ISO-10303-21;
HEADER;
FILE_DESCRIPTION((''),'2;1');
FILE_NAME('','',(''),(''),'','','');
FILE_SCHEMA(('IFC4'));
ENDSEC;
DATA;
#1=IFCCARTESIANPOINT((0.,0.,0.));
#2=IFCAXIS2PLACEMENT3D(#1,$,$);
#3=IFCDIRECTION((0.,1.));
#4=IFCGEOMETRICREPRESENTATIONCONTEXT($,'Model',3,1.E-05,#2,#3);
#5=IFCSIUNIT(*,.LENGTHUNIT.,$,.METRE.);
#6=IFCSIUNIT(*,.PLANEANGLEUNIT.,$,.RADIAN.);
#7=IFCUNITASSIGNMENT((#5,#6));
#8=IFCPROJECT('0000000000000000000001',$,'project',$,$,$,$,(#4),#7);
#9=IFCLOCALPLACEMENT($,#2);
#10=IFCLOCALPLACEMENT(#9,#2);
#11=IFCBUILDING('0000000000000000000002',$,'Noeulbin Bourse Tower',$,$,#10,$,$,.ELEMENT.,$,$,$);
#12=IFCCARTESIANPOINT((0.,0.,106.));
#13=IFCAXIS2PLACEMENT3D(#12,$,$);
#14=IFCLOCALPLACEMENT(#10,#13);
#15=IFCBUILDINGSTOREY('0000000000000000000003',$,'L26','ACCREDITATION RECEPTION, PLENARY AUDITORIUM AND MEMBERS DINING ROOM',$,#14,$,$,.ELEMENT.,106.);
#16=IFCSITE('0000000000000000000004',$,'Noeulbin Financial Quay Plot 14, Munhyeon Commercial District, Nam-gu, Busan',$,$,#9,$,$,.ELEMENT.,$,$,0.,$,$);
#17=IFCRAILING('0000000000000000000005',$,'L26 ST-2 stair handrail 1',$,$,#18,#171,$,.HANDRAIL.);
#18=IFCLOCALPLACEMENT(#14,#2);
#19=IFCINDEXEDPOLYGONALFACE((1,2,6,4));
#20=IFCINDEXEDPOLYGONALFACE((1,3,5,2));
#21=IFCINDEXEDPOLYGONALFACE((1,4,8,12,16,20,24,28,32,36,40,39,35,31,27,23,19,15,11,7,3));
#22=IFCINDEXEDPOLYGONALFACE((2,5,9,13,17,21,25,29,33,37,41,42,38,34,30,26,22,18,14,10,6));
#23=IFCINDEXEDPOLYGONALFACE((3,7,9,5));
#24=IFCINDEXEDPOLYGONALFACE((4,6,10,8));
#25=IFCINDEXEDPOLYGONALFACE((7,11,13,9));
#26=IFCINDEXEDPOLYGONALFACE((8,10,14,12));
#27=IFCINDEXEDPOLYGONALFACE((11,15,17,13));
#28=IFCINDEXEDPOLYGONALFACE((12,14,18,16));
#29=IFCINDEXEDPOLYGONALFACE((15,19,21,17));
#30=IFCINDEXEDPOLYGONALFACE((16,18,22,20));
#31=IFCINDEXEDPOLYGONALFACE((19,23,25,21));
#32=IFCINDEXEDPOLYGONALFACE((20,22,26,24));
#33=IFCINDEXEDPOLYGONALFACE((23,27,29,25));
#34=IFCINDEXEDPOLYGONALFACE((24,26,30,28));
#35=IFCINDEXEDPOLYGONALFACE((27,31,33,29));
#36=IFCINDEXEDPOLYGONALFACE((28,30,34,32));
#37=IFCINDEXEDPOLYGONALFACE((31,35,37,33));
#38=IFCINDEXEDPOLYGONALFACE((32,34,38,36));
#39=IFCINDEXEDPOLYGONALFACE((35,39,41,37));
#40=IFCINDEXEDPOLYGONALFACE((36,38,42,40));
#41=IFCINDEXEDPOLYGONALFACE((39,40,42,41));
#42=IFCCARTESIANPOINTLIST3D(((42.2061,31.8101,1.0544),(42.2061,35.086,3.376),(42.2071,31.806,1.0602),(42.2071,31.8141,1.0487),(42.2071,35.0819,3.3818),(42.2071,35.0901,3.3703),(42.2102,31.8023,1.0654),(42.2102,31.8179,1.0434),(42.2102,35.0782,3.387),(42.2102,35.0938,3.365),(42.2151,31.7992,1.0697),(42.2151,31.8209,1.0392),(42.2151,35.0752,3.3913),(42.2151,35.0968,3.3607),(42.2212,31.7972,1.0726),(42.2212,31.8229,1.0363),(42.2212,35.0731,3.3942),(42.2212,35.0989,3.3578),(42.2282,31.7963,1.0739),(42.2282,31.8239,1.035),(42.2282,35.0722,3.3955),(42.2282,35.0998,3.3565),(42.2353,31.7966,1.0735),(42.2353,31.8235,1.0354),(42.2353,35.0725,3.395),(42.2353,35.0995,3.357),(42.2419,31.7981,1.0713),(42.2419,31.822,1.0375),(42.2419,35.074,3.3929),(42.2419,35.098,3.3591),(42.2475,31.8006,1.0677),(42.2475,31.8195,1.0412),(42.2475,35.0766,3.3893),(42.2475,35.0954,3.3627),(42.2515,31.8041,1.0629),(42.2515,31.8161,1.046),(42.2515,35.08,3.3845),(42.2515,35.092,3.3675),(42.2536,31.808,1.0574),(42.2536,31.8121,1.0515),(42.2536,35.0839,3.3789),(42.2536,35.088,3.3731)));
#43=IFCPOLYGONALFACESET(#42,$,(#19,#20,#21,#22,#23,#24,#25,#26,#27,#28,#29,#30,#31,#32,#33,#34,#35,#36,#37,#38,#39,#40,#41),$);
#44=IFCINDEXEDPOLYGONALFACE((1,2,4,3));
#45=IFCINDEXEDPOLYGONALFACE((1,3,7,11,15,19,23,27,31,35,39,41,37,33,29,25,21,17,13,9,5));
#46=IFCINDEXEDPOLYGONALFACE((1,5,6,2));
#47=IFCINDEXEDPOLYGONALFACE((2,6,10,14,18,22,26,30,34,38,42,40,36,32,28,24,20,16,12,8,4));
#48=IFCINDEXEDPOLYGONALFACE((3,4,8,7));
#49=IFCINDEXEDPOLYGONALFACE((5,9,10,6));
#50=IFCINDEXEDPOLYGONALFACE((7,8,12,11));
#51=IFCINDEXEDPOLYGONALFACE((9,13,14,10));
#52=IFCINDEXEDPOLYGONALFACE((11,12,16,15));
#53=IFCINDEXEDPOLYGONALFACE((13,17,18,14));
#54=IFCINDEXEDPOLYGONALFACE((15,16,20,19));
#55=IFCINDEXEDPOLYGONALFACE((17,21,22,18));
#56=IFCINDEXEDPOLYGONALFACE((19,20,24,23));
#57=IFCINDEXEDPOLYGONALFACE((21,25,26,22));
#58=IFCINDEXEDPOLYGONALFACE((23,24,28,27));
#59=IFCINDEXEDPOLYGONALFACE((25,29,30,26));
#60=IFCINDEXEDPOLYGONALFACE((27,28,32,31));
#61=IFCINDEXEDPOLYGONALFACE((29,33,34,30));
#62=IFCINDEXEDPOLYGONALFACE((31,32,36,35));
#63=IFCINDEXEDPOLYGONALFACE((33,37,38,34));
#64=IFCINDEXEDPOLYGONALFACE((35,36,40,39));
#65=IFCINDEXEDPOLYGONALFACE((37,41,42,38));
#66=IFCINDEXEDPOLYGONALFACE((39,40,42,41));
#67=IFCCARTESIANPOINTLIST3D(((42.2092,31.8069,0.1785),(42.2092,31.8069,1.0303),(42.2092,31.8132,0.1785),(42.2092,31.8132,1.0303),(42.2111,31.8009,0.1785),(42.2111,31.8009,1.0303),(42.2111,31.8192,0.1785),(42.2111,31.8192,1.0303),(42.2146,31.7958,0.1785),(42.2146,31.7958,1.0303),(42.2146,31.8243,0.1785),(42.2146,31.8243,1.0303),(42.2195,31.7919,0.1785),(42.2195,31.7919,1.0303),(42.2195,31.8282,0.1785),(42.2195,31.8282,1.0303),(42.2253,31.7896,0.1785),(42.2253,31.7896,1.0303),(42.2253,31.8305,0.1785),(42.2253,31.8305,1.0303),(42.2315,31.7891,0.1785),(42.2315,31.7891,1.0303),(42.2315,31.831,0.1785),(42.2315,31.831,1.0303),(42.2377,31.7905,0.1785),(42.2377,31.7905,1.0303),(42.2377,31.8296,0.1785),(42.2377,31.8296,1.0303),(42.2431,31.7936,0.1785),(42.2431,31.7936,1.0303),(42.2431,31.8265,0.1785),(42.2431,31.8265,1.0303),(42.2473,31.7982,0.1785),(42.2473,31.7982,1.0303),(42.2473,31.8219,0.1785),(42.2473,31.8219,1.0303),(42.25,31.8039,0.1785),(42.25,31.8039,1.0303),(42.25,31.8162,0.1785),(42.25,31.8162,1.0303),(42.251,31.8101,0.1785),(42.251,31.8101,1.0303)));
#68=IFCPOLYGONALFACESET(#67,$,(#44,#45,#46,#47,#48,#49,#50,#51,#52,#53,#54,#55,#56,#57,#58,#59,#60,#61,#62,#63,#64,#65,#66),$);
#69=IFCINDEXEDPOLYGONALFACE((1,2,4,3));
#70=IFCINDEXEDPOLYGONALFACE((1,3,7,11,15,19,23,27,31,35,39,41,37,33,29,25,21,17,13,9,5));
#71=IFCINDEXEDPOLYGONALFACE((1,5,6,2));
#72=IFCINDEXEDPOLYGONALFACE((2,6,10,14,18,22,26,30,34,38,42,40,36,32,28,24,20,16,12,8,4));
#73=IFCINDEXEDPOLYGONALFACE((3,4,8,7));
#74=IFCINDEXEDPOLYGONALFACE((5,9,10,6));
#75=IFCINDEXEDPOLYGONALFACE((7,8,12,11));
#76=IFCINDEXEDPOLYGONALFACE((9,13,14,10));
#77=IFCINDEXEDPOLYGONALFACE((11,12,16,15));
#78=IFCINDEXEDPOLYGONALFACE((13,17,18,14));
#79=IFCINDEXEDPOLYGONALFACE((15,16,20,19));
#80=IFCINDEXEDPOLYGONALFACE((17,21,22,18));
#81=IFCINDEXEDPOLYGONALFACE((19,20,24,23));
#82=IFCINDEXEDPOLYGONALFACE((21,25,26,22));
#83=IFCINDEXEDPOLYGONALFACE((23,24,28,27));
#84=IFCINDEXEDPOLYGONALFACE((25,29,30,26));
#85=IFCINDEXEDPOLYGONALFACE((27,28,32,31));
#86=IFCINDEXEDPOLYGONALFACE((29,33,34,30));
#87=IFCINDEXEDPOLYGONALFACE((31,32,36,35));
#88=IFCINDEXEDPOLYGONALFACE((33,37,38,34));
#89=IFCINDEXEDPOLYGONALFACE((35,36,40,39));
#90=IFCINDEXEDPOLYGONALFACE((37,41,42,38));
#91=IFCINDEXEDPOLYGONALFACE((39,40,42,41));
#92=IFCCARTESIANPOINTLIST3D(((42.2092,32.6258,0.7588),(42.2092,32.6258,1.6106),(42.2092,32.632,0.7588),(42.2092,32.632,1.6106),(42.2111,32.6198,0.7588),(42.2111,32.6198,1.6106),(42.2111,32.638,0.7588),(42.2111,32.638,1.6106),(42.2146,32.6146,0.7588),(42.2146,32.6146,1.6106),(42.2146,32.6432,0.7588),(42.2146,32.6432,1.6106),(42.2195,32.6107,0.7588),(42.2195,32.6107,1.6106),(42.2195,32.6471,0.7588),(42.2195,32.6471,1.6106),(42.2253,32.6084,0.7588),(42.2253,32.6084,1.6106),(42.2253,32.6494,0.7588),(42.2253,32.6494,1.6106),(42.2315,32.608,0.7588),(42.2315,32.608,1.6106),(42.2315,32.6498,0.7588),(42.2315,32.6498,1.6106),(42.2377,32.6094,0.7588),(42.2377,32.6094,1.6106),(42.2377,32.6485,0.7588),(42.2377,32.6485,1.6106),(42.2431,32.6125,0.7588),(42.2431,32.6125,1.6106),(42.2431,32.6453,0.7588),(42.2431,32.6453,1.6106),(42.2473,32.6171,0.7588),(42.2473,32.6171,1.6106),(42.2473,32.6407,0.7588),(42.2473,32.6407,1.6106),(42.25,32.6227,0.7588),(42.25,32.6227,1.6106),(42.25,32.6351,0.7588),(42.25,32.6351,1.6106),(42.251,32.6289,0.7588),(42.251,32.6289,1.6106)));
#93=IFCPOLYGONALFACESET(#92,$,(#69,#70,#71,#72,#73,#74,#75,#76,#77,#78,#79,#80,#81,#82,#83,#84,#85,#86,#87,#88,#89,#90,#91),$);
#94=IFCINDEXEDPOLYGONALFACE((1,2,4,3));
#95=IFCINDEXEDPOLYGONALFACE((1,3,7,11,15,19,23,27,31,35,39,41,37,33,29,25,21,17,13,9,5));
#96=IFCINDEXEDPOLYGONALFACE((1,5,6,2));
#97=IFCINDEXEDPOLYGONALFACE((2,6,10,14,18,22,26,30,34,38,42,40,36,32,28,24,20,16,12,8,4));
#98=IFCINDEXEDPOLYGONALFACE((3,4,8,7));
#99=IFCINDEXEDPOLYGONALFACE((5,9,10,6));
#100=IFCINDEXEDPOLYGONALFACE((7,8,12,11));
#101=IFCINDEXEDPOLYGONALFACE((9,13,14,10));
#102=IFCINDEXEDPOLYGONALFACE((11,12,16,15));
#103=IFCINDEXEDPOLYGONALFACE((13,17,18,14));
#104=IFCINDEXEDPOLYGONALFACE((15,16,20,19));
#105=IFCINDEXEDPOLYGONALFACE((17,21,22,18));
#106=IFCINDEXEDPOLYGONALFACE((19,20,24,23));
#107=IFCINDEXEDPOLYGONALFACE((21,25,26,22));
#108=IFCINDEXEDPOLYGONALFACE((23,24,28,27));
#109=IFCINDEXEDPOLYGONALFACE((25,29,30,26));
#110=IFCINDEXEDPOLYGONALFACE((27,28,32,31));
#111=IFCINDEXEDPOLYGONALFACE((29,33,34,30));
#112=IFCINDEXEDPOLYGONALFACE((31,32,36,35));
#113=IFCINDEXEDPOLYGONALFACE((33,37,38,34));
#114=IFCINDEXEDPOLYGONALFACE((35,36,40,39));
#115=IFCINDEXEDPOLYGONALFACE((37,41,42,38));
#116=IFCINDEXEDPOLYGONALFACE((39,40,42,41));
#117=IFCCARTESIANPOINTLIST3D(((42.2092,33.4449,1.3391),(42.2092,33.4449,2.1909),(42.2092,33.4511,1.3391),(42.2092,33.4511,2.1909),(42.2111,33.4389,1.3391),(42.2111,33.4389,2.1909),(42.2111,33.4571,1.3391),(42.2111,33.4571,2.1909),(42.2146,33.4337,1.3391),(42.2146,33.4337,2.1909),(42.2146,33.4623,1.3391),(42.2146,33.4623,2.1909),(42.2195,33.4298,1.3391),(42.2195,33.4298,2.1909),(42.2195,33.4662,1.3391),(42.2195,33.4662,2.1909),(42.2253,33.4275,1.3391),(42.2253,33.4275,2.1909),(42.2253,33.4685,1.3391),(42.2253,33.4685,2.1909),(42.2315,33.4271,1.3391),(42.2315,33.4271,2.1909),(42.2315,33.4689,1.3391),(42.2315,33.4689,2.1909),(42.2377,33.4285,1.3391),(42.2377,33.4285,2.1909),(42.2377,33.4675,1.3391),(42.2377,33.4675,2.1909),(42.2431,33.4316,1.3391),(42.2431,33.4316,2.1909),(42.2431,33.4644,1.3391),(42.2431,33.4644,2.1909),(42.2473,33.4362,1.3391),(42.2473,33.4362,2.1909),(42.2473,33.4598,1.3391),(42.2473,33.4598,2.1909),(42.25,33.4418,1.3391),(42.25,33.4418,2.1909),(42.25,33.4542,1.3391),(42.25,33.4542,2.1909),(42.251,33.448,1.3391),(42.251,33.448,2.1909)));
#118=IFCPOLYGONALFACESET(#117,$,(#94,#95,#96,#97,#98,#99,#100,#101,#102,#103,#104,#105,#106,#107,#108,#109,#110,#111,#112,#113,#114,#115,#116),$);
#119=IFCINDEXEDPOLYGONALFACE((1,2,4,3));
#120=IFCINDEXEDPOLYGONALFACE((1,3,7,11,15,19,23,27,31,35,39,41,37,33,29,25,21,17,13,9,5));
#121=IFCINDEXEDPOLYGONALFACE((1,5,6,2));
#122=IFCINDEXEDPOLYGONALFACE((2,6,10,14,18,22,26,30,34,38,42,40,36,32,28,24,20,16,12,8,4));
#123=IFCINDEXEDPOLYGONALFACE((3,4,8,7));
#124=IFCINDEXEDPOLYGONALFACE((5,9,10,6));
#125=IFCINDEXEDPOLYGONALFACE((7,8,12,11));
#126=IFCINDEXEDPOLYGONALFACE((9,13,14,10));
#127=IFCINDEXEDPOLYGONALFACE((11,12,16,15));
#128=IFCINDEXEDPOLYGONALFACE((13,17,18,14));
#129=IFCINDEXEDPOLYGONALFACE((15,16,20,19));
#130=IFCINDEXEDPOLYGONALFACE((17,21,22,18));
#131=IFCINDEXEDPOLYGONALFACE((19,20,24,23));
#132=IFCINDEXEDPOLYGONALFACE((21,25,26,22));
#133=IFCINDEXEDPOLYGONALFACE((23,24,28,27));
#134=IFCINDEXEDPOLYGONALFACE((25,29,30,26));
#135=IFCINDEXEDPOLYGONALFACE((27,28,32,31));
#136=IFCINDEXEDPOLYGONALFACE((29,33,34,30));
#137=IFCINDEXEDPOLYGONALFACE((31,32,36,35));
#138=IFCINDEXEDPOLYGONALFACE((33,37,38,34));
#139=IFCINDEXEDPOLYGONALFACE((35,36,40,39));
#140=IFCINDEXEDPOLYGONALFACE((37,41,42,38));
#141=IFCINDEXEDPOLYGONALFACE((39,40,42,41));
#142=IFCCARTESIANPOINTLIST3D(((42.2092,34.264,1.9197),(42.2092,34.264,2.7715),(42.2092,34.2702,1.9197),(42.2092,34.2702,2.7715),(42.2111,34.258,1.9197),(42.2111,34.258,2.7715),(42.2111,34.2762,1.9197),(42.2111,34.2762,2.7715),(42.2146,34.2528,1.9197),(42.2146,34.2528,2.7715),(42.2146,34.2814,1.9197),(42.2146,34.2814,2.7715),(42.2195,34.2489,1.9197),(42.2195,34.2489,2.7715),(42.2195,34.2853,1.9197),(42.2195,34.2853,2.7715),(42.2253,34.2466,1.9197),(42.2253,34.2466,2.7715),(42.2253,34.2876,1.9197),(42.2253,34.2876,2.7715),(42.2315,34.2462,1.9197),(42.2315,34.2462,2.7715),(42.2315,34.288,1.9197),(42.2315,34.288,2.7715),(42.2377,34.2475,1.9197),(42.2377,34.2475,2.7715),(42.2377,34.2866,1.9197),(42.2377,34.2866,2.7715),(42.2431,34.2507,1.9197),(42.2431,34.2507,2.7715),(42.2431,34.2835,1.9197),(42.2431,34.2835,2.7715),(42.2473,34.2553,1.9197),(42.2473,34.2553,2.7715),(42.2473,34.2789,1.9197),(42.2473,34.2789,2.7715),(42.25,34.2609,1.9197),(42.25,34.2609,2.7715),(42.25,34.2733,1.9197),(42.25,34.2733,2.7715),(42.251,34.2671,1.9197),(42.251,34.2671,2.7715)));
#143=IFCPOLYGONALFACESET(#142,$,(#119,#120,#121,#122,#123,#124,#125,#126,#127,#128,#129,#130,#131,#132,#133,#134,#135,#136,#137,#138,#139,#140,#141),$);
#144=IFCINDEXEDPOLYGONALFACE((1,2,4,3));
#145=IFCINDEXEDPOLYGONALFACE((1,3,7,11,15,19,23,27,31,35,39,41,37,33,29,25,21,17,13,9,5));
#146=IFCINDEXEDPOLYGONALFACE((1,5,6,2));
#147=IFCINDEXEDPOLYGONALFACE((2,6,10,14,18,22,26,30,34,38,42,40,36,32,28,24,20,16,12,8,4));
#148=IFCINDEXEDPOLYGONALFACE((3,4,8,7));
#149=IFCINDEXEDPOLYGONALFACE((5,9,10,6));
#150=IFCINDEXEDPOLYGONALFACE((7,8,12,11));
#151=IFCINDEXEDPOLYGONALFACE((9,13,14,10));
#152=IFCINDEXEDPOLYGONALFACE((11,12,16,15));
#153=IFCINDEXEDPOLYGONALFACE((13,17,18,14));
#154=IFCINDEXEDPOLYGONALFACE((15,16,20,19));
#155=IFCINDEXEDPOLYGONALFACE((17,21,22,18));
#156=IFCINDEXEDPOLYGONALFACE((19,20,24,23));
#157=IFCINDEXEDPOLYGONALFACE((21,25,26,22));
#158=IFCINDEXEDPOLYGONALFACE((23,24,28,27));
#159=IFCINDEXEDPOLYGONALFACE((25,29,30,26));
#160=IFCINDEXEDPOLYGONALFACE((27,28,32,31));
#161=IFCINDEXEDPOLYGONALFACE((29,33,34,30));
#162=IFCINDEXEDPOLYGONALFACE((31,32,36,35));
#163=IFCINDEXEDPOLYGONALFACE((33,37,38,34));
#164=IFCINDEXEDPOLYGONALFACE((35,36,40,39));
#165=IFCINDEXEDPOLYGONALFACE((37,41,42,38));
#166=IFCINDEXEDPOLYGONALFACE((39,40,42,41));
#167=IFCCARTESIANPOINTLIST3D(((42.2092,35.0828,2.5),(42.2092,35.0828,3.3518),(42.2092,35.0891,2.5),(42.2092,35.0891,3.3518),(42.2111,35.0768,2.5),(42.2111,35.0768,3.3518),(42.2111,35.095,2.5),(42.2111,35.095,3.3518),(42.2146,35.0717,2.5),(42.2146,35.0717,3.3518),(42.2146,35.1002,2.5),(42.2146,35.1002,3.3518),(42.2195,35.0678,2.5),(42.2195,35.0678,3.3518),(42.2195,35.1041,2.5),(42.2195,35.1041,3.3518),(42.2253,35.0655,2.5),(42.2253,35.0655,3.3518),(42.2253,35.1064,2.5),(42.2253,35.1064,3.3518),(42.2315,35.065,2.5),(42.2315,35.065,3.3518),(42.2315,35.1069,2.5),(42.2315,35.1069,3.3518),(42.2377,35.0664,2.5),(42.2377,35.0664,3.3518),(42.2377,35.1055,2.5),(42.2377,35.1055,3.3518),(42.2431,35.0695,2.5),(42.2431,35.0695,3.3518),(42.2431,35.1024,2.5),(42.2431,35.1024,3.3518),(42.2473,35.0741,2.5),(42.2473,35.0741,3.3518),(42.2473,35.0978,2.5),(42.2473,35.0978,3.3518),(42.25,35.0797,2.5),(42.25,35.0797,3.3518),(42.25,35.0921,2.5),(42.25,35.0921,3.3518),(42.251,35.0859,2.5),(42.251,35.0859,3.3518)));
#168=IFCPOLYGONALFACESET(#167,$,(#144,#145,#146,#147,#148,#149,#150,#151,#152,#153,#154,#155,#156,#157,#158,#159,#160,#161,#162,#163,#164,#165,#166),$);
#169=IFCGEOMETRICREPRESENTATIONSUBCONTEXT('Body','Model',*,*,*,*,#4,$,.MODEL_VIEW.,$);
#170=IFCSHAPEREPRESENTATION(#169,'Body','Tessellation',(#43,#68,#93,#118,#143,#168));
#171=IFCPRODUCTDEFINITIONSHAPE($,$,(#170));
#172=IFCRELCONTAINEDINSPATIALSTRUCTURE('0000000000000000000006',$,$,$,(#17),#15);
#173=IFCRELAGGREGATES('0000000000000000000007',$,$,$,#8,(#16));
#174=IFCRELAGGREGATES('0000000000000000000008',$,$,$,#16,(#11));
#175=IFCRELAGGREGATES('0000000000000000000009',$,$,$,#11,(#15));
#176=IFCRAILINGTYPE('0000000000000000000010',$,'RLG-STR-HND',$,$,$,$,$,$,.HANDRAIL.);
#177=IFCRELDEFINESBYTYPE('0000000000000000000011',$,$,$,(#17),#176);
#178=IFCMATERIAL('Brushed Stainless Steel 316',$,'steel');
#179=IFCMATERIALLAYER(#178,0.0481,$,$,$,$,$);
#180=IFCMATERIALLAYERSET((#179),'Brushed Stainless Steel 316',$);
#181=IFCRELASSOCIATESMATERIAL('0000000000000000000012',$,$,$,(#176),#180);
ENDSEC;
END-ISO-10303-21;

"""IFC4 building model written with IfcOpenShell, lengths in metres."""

from ifc_helpers import new_model, si_unit, direction, frame, origin, origin_2d, place, context, subcontext, project, spatial, circle, extrude, material, layer, layer_set, type_object, element, save


model = new_model("IFC4")

# Units and contexts
model_context = context("Model", 3, precision=1e-05, world=origin(), true_north=direction((0.0, 1.0)))
body_context = subcontext(model_context, "Body", "Model", "MODEL_VIEW")
ifc_project = project(units=[si_unit("LENGTHUNIT", "METRE"), si_unit("PLANEANGLEUNIT", "RADIAN")], contexts=[model_context])

# Site, building, storey
site_placement = place(None, origin())
site = spatial("IfcSite", under=ifc_project, at=site_placement, Name="Noeulbin Financial Quay Plot 14, Munhyeon Commercial District, Nam-gu, Busan", CompositionType="ELEMENT", RefElevation=0.0)
building_placement = place(site_placement, origin())
building = spatial("IfcBuilding", under=site, at=building_placement, Name="Noeulbin Bourse Tower", CompositionType="ELEMENT")
storey_placement = place(building_placement, frame((0.0, 0.0, 106.0)))
storey = spatial("IfcBuildingStorey", under=building, at=storey_placement, Name="L26", Description="ACCREDITATION RECEPTION, PLENARY AUDITORIUM AND MEMBERS DINING ROOM", CompositionType="ELEMENT", Elevation=106.0)

# Railing
ifc_material_1 = material(Name="Brushed Stainless Steel 316", Category="steel")
ifc_layer_1 = layer(ifc_material_1, 0.0481)
ifc_layer_set_1 = layer_set([ifc_layer_1], Name="Brushed Stainless Steel 316")
railing_type_1 = type_object("IfcRailingType", Name="RLG-STR-HND", PredefinedType="HANDRAIL", material=ifc_layer_set_1)
railing_1_placement = place(storey_placement, frame((42.23, 31.8101, 0.1785)))
element("IfcRailing", 1, at=railing_1_placement, inside=storey, type_object=railing_type_1, Name="L26 ST-2 stair handrail 1", PredefinedType="HANDRAIL", context=body_context, shape_type="SweptSolid", body=[
    extrude(circle(Radius=0.0239, at=origin_2d()), frame((0.0, 0.0, 0.876), z_axis=(0.0, 0.815893, 0.578203), x_axis=(-1.0, 0.0, 0.0)), (0.0, 0.0, 1.0), 4.0151),
    extrude(circle(Radius=0.021, at=origin_2d()), origin(), (0.0, 0.0, 1.0), 0.8518),
    extrude(circle(Radius=0.021, at=origin_2d()), frame((0.0, 0.8188, 0.5803)), (0.0, 0.0, 1.0), 0.8518),
    extrude(circle(Radius=0.021, at=origin_2d()), frame((0.0, 1.6379, 1.1606)), (0.0, 0.0, 1.0), 0.8518),
    extrude(circle(Radius=0.021, at=origin_2d()), frame((0.0, 2.457, 1.7412)), (0.0, 0.0, 1.0), 0.8518),
    extrude(circle(Radius=0.021, at=origin_2d()), frame((0.0, 3.2759, 2.3215)), (0.0, 0.0, 1.0), 0.8518),
])

save(model, "model.ifc")
